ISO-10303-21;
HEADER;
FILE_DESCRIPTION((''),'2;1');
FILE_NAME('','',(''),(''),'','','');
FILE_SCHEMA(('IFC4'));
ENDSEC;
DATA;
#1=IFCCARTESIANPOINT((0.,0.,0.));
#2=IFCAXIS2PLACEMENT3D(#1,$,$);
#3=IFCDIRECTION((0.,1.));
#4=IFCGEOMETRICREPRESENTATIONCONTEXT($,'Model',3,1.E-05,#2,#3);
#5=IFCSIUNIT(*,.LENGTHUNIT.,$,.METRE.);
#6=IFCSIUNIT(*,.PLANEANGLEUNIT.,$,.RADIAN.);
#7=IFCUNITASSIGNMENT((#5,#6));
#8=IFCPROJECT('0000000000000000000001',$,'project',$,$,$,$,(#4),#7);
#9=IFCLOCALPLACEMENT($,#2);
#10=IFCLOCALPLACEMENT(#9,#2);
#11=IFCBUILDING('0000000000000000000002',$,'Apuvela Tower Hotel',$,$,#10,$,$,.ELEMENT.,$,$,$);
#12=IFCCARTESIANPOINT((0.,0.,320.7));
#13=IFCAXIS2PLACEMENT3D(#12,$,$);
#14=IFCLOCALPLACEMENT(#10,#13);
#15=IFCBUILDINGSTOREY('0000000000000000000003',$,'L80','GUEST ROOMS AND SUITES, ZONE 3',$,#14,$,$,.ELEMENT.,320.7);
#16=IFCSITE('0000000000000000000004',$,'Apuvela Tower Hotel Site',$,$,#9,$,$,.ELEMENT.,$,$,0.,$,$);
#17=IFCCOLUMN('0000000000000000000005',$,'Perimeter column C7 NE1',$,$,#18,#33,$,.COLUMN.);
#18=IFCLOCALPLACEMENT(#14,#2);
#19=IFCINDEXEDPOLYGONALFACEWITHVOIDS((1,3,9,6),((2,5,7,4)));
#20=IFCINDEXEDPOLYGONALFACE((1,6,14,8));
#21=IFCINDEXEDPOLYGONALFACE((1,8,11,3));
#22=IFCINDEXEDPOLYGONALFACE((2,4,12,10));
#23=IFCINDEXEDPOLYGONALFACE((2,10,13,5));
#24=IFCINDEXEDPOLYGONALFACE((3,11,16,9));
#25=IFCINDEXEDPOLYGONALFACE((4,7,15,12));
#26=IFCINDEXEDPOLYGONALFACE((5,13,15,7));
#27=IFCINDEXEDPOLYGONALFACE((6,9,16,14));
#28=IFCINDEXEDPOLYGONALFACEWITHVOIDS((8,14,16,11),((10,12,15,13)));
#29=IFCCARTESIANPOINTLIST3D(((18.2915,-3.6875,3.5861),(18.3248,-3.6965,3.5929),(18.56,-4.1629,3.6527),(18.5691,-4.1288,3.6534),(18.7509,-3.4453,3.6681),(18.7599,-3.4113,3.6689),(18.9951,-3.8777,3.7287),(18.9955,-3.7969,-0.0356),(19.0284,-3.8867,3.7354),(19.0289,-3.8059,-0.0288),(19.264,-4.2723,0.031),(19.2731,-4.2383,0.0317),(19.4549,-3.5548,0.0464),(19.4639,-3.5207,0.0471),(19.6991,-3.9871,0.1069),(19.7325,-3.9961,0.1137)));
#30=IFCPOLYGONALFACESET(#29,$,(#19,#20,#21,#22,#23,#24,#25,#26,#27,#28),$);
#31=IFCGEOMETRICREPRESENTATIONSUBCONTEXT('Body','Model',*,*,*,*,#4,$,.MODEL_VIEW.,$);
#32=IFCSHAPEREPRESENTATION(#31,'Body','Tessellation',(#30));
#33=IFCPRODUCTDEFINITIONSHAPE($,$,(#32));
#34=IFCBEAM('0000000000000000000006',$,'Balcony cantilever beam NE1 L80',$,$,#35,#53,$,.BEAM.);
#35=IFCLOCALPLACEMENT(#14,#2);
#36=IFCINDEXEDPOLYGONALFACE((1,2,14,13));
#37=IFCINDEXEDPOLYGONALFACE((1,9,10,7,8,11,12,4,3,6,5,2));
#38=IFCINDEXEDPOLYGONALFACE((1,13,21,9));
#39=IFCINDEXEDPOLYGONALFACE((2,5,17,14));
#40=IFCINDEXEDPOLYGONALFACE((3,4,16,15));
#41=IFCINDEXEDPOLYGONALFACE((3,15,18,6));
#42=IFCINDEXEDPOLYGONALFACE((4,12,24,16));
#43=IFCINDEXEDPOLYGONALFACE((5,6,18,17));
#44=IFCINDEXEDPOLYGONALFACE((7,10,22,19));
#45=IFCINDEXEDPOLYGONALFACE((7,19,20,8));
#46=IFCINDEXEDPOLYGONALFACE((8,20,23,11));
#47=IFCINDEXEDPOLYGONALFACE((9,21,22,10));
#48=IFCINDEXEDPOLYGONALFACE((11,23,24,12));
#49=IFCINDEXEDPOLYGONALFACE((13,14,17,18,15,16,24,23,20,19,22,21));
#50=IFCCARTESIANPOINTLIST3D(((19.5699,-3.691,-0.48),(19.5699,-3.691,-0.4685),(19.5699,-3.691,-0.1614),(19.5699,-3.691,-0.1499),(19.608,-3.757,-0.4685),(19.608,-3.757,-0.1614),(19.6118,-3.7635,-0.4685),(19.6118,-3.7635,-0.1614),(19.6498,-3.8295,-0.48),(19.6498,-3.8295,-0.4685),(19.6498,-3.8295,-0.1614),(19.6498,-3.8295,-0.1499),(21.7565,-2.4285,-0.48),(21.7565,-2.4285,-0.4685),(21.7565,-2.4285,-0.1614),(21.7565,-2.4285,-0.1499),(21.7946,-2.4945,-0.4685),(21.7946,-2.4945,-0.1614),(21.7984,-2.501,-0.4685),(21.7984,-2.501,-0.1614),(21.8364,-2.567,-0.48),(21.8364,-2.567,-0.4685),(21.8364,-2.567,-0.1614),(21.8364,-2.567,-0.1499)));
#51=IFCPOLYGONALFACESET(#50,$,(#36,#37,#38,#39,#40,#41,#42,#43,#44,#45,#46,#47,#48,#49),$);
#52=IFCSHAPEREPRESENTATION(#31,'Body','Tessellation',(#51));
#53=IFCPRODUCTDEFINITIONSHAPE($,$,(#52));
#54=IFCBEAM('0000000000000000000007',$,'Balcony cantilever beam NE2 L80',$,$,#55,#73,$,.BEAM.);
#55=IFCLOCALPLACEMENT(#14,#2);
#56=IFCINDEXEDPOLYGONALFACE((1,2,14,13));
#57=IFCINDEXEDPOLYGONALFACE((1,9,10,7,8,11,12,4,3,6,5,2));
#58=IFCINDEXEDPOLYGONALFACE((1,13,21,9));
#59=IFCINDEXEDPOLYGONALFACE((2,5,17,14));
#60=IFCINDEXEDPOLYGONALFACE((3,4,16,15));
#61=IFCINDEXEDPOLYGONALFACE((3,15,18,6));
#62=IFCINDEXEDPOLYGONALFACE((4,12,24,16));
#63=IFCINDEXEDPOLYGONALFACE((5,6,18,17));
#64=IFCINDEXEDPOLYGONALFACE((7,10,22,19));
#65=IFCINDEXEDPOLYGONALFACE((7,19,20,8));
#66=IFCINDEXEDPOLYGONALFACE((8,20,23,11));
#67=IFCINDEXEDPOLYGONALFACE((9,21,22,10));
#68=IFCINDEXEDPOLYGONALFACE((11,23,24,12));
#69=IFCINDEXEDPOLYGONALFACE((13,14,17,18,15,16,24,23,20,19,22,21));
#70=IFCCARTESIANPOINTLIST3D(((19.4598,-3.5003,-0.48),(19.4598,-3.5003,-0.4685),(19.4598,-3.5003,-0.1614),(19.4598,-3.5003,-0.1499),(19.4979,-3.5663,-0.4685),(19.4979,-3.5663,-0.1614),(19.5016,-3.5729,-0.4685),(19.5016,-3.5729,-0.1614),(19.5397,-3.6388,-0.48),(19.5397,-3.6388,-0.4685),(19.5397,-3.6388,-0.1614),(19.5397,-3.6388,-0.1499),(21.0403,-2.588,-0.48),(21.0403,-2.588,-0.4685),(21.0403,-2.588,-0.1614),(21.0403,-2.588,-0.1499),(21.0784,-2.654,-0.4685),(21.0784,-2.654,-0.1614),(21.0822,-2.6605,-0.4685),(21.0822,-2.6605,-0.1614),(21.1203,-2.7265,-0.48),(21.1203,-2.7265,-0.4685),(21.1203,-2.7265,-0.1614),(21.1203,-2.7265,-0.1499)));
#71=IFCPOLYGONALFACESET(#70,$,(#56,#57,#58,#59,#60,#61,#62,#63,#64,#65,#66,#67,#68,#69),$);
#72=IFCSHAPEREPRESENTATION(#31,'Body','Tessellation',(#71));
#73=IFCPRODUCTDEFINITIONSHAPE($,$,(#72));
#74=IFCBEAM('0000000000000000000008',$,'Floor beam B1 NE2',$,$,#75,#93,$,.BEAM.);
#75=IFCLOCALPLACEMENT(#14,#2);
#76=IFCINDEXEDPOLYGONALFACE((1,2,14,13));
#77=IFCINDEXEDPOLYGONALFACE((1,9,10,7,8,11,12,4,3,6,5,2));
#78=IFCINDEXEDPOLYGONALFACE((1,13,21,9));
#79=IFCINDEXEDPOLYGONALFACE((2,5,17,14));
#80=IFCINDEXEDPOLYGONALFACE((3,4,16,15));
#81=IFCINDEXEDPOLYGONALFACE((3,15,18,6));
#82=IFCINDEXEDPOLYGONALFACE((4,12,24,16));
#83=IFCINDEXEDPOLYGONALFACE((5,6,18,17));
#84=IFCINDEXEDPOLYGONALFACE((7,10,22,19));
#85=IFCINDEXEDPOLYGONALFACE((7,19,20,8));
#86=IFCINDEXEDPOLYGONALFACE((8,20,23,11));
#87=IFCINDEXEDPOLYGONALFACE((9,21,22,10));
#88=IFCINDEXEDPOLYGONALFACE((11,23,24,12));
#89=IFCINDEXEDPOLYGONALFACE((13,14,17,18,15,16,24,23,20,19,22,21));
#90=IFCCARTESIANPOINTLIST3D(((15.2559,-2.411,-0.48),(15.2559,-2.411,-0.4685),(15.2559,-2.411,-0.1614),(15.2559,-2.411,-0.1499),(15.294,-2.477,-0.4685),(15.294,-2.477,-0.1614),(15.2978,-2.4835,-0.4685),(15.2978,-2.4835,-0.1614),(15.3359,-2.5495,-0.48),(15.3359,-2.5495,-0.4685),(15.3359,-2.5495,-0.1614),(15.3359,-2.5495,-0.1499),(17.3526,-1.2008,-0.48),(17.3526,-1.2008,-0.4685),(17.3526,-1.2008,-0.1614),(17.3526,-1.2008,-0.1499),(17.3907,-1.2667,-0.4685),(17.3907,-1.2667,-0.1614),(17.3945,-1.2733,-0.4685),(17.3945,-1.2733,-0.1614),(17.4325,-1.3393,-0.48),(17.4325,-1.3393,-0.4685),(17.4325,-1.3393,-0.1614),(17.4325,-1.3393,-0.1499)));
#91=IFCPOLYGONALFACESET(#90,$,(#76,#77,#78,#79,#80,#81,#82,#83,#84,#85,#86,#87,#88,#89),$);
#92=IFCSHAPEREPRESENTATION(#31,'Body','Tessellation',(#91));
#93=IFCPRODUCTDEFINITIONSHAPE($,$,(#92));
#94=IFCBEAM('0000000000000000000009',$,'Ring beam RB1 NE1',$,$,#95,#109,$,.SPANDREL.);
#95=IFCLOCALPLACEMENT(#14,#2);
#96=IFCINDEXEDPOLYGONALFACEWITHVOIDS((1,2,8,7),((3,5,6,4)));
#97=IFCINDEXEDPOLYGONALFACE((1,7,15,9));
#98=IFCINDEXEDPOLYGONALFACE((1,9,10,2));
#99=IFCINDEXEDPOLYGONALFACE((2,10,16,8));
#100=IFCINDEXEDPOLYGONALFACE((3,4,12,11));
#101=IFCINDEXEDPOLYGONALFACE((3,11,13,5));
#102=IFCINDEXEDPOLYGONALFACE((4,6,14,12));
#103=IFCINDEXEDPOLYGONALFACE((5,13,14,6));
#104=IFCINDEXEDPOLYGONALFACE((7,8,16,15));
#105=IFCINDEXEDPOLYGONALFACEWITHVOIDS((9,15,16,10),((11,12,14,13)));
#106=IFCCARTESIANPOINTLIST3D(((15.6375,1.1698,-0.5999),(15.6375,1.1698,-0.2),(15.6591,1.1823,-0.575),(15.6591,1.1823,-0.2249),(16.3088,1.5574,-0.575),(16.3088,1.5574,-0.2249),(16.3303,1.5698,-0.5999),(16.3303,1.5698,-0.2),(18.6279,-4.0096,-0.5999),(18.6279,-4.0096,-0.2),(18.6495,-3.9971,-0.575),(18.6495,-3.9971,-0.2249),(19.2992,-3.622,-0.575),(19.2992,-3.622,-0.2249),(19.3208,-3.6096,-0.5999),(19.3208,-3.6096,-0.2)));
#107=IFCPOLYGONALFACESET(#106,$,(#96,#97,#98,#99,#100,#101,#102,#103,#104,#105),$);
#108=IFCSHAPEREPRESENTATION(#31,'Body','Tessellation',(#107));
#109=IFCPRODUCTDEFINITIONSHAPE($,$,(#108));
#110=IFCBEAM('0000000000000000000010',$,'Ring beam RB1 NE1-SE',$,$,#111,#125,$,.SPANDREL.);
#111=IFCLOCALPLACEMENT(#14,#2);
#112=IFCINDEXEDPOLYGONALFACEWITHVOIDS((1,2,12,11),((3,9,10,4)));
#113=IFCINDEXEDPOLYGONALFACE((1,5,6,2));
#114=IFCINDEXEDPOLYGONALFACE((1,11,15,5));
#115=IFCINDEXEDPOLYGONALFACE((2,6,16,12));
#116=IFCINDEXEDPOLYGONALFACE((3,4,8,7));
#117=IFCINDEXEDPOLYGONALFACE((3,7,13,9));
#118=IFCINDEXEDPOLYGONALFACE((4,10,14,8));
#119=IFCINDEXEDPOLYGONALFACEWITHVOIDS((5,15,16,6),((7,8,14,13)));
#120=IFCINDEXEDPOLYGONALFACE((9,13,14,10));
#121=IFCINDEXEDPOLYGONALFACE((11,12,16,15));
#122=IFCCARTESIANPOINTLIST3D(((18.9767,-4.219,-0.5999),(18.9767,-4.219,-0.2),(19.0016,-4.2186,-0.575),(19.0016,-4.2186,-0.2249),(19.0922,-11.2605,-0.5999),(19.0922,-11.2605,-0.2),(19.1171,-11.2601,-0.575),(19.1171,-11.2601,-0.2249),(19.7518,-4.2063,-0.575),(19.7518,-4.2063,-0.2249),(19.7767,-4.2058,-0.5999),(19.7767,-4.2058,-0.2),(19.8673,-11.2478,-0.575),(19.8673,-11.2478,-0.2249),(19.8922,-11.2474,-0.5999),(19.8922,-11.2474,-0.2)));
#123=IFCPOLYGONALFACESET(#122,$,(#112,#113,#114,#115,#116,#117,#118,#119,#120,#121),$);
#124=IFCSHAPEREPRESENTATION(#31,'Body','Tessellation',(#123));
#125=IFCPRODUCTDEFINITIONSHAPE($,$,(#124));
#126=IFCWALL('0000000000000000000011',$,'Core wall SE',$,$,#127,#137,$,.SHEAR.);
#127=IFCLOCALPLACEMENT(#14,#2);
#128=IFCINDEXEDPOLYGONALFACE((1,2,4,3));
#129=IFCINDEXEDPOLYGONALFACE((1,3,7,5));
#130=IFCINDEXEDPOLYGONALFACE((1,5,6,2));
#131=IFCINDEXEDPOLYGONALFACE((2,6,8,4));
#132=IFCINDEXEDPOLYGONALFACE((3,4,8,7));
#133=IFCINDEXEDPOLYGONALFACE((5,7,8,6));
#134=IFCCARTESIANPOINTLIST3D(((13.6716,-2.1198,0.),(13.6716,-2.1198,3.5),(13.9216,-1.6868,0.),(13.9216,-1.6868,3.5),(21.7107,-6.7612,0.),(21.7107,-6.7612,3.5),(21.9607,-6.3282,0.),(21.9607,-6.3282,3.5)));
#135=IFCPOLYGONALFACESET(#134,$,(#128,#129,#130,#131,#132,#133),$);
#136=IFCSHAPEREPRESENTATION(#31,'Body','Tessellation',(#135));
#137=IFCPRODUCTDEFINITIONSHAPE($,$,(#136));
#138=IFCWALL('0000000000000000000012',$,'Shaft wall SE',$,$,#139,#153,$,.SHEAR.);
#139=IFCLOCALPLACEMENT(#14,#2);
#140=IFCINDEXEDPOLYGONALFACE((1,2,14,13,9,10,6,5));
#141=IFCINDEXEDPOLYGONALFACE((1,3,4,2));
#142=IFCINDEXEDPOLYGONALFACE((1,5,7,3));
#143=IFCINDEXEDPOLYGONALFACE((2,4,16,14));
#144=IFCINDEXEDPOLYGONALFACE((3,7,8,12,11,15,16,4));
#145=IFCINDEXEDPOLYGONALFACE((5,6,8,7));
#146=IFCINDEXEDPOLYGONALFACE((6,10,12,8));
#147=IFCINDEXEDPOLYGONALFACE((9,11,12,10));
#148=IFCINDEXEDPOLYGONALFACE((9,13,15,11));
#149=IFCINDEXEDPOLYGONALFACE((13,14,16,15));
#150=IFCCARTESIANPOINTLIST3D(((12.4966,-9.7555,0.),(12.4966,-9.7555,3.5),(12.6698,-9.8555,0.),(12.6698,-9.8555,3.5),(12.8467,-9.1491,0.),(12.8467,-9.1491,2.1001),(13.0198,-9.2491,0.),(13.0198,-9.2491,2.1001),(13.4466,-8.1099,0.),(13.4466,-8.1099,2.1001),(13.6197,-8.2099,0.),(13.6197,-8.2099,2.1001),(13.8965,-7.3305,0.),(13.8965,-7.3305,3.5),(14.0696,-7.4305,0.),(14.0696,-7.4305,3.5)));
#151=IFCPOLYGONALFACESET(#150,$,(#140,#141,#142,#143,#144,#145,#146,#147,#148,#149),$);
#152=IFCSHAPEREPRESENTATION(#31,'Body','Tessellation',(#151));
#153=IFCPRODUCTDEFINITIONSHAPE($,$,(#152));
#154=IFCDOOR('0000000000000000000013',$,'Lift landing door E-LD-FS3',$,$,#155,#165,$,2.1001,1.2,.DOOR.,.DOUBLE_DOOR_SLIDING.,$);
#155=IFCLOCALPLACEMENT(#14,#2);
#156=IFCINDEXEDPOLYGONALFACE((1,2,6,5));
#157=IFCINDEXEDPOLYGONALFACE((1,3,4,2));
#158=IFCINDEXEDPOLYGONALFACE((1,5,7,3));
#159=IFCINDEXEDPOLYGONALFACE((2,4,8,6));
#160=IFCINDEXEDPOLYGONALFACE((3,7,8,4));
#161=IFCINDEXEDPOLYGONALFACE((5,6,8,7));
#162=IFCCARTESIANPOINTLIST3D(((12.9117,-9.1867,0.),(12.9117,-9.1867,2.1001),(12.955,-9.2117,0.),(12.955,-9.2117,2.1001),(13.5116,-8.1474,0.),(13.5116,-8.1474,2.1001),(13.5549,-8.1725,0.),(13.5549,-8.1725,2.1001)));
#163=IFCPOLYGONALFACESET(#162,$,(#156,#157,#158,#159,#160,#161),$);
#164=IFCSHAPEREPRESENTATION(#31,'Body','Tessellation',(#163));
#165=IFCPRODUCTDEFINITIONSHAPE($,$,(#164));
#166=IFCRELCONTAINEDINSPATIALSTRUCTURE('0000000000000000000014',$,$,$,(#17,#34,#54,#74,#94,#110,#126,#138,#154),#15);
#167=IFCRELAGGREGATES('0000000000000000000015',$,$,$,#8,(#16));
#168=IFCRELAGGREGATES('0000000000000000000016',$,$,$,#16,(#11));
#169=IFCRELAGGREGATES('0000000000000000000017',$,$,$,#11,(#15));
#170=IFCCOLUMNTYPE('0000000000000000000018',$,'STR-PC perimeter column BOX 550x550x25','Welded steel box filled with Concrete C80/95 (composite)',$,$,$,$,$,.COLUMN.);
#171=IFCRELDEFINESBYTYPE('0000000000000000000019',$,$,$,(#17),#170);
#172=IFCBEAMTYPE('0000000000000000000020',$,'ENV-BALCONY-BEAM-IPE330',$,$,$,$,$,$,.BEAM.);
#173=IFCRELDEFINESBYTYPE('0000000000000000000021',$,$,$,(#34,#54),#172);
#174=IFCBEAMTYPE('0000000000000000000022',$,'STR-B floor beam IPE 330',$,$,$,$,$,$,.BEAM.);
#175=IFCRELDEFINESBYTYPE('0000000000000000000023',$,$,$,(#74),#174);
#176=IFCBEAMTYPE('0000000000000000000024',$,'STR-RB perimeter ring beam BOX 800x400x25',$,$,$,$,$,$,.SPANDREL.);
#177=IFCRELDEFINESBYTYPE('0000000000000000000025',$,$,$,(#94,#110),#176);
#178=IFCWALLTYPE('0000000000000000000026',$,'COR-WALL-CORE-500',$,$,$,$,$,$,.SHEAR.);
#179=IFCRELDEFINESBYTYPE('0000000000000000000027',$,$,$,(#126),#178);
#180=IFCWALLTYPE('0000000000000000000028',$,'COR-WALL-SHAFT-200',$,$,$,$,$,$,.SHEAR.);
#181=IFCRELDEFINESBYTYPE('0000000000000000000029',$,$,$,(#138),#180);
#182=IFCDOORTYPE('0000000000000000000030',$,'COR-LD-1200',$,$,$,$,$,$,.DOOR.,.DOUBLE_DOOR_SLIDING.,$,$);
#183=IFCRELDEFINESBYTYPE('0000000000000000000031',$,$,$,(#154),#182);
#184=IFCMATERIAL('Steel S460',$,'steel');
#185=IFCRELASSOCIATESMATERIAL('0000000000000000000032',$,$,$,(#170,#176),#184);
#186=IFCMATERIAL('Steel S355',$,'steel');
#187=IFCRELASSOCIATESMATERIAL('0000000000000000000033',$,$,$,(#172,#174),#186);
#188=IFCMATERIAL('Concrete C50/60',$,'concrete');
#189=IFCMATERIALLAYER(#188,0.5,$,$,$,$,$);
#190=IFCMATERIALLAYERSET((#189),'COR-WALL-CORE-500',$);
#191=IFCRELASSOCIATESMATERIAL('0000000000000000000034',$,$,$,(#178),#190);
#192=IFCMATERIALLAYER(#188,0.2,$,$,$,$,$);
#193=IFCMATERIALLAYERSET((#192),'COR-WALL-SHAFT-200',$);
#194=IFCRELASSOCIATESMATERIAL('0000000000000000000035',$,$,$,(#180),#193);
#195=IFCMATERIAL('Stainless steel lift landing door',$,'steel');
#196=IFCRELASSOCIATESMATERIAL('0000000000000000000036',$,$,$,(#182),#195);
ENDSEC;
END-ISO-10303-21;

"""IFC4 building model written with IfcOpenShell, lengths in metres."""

from ifc_helpers import new_model, si_unit, direction, frame, frame_2d, origin, origin_2d, place, context, subcontext, project, spatial, rectangle, hollow_rectangle, i_section, extrude, boolean, halfspace, material, layer, layer_set, material_profile, profile_set, type_object, element, fill, save


model = new_model("IFC4")

# Units and contexts
model_context = context("Model", 3, precision=1e-05, world=origin(), true_north=direction((0.0, 1.0)))
body_context = subcontext(model_context, "Body", "Model", "MODEL_VIEW")
ifc_project = project(units=[si_unit("LENGTHUNIT", "METRE"), si_unit("PLANEANGLEUNIT", "RADIAN")], contexts=[model_context])

# Site, building, storey
site_placement = place(None, origin())
site = spatial("IfcSite", under=ifc_project, at=site_placement, Name="Apuvela Tower Hotel Site", CompositionType="ELEMENT", RefElevation=0.0)
building_placement = place(site_placement, origin())
building = spatial("IfcBuilding", under=site, at=building_placement, Name="Apuvela Tower Hotel", CompositionType="ELEMENT")
storey_placement = place(building_placement, frame((0.0, 0.0, 320.7)))
storey = spatial("IfcBuildingStorey", under=building, at=storey_placement, Name="L80", Description="GUEST ROOMS AND SUITES, ZONE 3", CompositionType="ELEMENT", Elevation=320.7)

# Column
ifc_material_1 = material(Name="Steel S460", Category="steel")
ifc_material_profile_1 = material_profile(ifc_material_1, hollow_rectangle(XDim=0.55, YDim=0.55, WallThickness=0.0249, at=origin_2d()), Name="BOX 550x550x25")
ifc_material_2 = material(Name="Concrete C80/95", Category="concrete")
ifc_material_profile_2 = material_profile(ifc_material_2, rectangle(XDim=0.5, YDim=0.5, at=origin_2d()), Name="Concrete C80/95 infill")
ifc_profile_set_1 = profile_set([ifc_material_profile_1, ifc_material_profile_2], Name="Steel S460")
column_type = type_object("IfcColumnType", Name="STR-PC perimeter column BOX 550x550x25", Description="Welded steel box filled with Concrete C80/95 (composite)", PredefinedType="COLUMN", material=ifc_profile_set_1)
column_placement = place(storey_placement, frame((19.3716, -3.8977, 0.0), z_axis=(-0.190735, 0.029653, 0.981194), x_axis=(0.488201, -0.864299, 0.121022)))
element("IfcColumn", 1, at=column_placement, inside=storey, type_object=column_type, Name="Perimeter column C7 NE1", PredefinedType="COLUMN", context=body_context, shape_type="SweptSolid", body=[
    boolean("DIFFERENCE", boolean("DIFFERENCE", extrude(hollow_rectangle(XDim=0.55, YDim=0.55, WallThickness=0.0249, at=origin_2d()), origin(), (0.0, 0.0, 1.0), 3.7708), halfspace(frame((0.0, 0.0, 0.0398), z_axis=(0.0, 0.0, 1.0), x_axis=(1.0, 0.0, 0.0)), True)), halfspace(frame((0.0, 0.0, 3.731), z_axis=(0.0, 0.0, 1.0), x_axis=(1.0, 0.0, 0.0)), False)),
])

# Beams
ifc_material_3 = material(Name="Steel S355", Category="steel")
ifc_material_profile_3 = material_profile(ifc_material_3, i_section(OverallWidth=0.1599, OverallDepth=0.3301, WebThickness=0.0076, FlangeThickness=0.0115, at=origin_2d()), Name="IPE 330")
ifc_profile_set_2 = profile_set([ifc_material_profile_3], Name="Steel S355")
beam_type_1 = type_object("IfcBeamType", Name="ENV-BALCONY-BEAM-IPE330", PredefinedType="BEAM", material=ifc_profile_set_2)
beam_1_placement = place(storey_placement, frame((19.6099, -3.7603, -0.3149), z_axis=(0.866015, 0.500018, 0.0), x_axis=(-0.500018, 0.866015, 0.0)))
element("IfcBeam", 2, at=beam_1_placement, inside=storey, type_object=beam_type_1, Name="Balcony cantilever beam NE1 L80", PredefinedType="BEAM", context=body_context, shape_type="SweptSolid", body=[
    extrude(i_section(OverallWidth=0.1599, OverallDepth=0.3301, WebThickness=0.0076, FlangeThickness=0.0115, at=origin_2d()), origin(), (0.0, 0.0, 1.0), 2.5249),
])
beam_2_placement = place(storey_placement, frame((19.4998, -3.5696, -0.3149), z_axis=(0.86607, 0.499923, 0.0), x_axis=(-0.499923, 0.86607, 0.0)))
element("IfcBeam", 3, at=beam_2_placement, inside=storey, type_object=beam_type_1, Name="Balcony cantilever beam NE2 L80", PredefinedType="BEAM", context=body_context, shape_type="SweptSolid", body=[
    extrude(i_section(OverallWidth=0.1599, OverallDepth=0.3301, WebThickness=0.0076, FlangeThickness=0.0115, at=origin_2d()), origin(), (0.0, 0.0, 1.0), 1.825),
])
ifc_material_profile_4 = material_profile(ifc_material_3, i_section(OverallWidth=0.1599, OverallDepth=0.3301, WebThickness=0.0076, FlangeThickness=0.0115, at=origin_2d()), Name="IPE 330")
ifc_profile_set_3 = profile_set([ifc_material_profile_4], Name="Steel S355")
beam_type_2 = type_object("IfcBeamType", Name="STR-B floor beam IPE 330", PredefinedType="BEAM", material=ifc_profile_set_3)
beam_3_placement = place(storey_placement, frame((17.3926, -1.27, -0.3149), z_axis=(-0.866081, -0.499903, 0.0), x_axis=(0.499903, -0.866081, 0.0)))
element("IfcBeam", 4, at=beam_3_placement, inside=storey, type_object=beam_type_2, Name="Floor beam B1 NE2", PredefinedType="BEAM", context=body_context, shape_type="SweptSolid", body=[
    extrude(i_section(OverallWidth=0.1599, OverallDepth=0.3301, WebThickness=0.0076, FlangeThickness=0.0115, at=origin_2d()), origin(), (0.0, 0.0, 1.0), 2.4209),
])
ifc_material_profile_5 = material_profile(ifc_material_1, hollow_rectangle(XDim=0.8, YDim=0.3999, WallThickness=0.0249, at=origin_2d()), Name="BOX 800x400x25")
ifc_profile_set_4 = profile_set([ifc_material_profile_5], Name="Steel S460")
beam_type_3 = type_object("IfcBeamType", Name="STR-RB perimeter ring beam BOX 800x400x25", PredefinedType="SPANDREL", material=ifc_profile_set_4)
beam_4_placement = place(storey_placement, frame((18.9744, -3.8096, -0.3999), z_axis=(-0.500016, 0.866016, 0.0), x_axis=(-0.866016, -0.500016, 0.0)))
element("IfcBeam", 5, at=beam_4_placement, inside=storey, type_object=beam_type_3, Name="Ring beam RB1 NE1", PredefinedType="SPANDREL", context=body_context, shape_type="SweptSolid", body=[
    extrude(hollow_rectangle(XDim=0.8, YDim=0.3999, WallThickness=0.0249, at=origin_2d()), origin(), (0.0, 0.0, 1.0), 5.9807),
])
beam_5_placement = place(storey_placement, frame((19.3767, -4.2124, -0.3999), z_axis=(0.016397, -0.999866, 0.0), x_axis=(0.999866, 0.016397, 0.0)))
element("IfcBeam", 6, at=beam_5_placement, inside=storey, type_object=beam_type_3, Name="Ring beam RB1 NE1-SE", PredefinedType="SPANDREL", context=body_context, shape_type="SweptSolid", body=[
    extrude(hollow_rectangle(XDim=0.8, YDim=0.3999, WallThickness=0.0249, at=origin_2d()), origin(), (0.0, 0.0, 1.0), 7.0425),
])

# Wall
ifc_material_4 = material(Name="Concrete C50/60", Category="concrete")
ifc_layer_1 = layer(ifc_material_4, 0.5)
ifc_layer_set_1 = layer_set([ifc_layer_1], Name="COR-WALL-CORE-500")
wall_type_1 = type_object("IfcWallType", Name="COR-WALL-CORE-500", PredefinedType="SHEAR", material=ifc_layer_set_1)
wall_1_placement = place(storey_placement, frame((13.7966, -1.9033, 0.0), z_axis=(0.0, 0.0, 1.0), x_axis=(0.866025, -0.5, 0.0)))
element("IfcWall", 7, at=wall_1_placement, inside=storey, type_object=wall_type_1, Name="Core wall SE", PredefinedType="SHEAR", context=body_context, shape_type="SweptSolid", body=[
    extrude(rectangle(XDim=9.2827, YDim=0.5, at=frame_2d((4.6414, 0.0))), origin(), (0.0, 0.0, 1.0), 3.5),
])

# Wall, opening, door
ifc_layer_2 = layer(ifc_material_4, 0.2)
ifc_layer_set_2 = layer_set([ifc_layer_2], Name="COR-WALL-SHAFT-200")
wall_type_2 = type_object("IfcWallType", Name="COR-WALL-SHAFT-200", PredefinedType="SHEAR", material=ifc_layer_set_2)
wall_2_placement = place(storey_placement, frame((12.5833, -9.8054, 0.0), z_axis=(0.0, 0.0, 1.0), x_axis=(0.499946, 0.866056, 0.0)))
wall_2 = element("IfcWall", 8, at=wall_2_placement, inside=storey, type_object=wall_type_2, Name="Shaft wall SE", PredefinedType="SHEAR", context=body_context, shape_type="SweptSolid", body=[
    extrude(rectangle(XDim=2.8, YDim=0.2, at=frame_2d((1.3999, 0.0))), origin(), (0.0, 0.0, 1.0), 3.5),
])
opening_1_placement = place(wall_2_placement, frame((0.7, 0.0, 0.0)))
opening_1 = element("IfcOpeningElement", 9, at=opening_1_placement, cuts=wall_2, PredefinedType="OPENING", context=body_context, shape_type="SweptSolid", body=[
    extrude(rectangle(XDim=1.2, YDim=2.1001, at=frame_2d((0.6001, 1.05))), frame((0.0, 0.1099, 0.0), z_axis=(0.0, -1.0, 0.0), x_axis=(1.0, 0.0, 0.0)), (0.0, 0.0, 1.0), 0.22),
])
ifc_material_5 = material(Name="Stainless steel lift landing door", Category="steel")
door_type_1 = type_object("IfcDoorType", Name="COR-LD-1200", OperationType="DOUBLE_DOOR_SLIDING", PredefinedType="DOOR", material=ifc_material_5)
door_1_placement = place(opening_1_placement, origin())
door_1 = element("IfcDoor", 10, at=door_1_placement, inside=storey, type_object=door_type_1, Name="Lift landing door E-LD-FS3", OperationType="DOUBLE_DOOR_SLIDING", OverallHeight=2.1001, OverallWidth=1.2, PredefinedType="DOOR", context=body_context, shape_type="SweptSolid", body=[
    extrude(rectangle(XDim=1.2, YDim=2.1001, at=frame_2d((0.6001, 1.05))), frame((0.0, 0.0249, 0.0), z_axis=(0.0, -1.0, 0.0), x_axis=(1.0, 0.0, 0.0)), (0.0, 0.0, 1.0), 0.05),
])
fill(opening_1, door_1)

save(model, "model.ifc")
